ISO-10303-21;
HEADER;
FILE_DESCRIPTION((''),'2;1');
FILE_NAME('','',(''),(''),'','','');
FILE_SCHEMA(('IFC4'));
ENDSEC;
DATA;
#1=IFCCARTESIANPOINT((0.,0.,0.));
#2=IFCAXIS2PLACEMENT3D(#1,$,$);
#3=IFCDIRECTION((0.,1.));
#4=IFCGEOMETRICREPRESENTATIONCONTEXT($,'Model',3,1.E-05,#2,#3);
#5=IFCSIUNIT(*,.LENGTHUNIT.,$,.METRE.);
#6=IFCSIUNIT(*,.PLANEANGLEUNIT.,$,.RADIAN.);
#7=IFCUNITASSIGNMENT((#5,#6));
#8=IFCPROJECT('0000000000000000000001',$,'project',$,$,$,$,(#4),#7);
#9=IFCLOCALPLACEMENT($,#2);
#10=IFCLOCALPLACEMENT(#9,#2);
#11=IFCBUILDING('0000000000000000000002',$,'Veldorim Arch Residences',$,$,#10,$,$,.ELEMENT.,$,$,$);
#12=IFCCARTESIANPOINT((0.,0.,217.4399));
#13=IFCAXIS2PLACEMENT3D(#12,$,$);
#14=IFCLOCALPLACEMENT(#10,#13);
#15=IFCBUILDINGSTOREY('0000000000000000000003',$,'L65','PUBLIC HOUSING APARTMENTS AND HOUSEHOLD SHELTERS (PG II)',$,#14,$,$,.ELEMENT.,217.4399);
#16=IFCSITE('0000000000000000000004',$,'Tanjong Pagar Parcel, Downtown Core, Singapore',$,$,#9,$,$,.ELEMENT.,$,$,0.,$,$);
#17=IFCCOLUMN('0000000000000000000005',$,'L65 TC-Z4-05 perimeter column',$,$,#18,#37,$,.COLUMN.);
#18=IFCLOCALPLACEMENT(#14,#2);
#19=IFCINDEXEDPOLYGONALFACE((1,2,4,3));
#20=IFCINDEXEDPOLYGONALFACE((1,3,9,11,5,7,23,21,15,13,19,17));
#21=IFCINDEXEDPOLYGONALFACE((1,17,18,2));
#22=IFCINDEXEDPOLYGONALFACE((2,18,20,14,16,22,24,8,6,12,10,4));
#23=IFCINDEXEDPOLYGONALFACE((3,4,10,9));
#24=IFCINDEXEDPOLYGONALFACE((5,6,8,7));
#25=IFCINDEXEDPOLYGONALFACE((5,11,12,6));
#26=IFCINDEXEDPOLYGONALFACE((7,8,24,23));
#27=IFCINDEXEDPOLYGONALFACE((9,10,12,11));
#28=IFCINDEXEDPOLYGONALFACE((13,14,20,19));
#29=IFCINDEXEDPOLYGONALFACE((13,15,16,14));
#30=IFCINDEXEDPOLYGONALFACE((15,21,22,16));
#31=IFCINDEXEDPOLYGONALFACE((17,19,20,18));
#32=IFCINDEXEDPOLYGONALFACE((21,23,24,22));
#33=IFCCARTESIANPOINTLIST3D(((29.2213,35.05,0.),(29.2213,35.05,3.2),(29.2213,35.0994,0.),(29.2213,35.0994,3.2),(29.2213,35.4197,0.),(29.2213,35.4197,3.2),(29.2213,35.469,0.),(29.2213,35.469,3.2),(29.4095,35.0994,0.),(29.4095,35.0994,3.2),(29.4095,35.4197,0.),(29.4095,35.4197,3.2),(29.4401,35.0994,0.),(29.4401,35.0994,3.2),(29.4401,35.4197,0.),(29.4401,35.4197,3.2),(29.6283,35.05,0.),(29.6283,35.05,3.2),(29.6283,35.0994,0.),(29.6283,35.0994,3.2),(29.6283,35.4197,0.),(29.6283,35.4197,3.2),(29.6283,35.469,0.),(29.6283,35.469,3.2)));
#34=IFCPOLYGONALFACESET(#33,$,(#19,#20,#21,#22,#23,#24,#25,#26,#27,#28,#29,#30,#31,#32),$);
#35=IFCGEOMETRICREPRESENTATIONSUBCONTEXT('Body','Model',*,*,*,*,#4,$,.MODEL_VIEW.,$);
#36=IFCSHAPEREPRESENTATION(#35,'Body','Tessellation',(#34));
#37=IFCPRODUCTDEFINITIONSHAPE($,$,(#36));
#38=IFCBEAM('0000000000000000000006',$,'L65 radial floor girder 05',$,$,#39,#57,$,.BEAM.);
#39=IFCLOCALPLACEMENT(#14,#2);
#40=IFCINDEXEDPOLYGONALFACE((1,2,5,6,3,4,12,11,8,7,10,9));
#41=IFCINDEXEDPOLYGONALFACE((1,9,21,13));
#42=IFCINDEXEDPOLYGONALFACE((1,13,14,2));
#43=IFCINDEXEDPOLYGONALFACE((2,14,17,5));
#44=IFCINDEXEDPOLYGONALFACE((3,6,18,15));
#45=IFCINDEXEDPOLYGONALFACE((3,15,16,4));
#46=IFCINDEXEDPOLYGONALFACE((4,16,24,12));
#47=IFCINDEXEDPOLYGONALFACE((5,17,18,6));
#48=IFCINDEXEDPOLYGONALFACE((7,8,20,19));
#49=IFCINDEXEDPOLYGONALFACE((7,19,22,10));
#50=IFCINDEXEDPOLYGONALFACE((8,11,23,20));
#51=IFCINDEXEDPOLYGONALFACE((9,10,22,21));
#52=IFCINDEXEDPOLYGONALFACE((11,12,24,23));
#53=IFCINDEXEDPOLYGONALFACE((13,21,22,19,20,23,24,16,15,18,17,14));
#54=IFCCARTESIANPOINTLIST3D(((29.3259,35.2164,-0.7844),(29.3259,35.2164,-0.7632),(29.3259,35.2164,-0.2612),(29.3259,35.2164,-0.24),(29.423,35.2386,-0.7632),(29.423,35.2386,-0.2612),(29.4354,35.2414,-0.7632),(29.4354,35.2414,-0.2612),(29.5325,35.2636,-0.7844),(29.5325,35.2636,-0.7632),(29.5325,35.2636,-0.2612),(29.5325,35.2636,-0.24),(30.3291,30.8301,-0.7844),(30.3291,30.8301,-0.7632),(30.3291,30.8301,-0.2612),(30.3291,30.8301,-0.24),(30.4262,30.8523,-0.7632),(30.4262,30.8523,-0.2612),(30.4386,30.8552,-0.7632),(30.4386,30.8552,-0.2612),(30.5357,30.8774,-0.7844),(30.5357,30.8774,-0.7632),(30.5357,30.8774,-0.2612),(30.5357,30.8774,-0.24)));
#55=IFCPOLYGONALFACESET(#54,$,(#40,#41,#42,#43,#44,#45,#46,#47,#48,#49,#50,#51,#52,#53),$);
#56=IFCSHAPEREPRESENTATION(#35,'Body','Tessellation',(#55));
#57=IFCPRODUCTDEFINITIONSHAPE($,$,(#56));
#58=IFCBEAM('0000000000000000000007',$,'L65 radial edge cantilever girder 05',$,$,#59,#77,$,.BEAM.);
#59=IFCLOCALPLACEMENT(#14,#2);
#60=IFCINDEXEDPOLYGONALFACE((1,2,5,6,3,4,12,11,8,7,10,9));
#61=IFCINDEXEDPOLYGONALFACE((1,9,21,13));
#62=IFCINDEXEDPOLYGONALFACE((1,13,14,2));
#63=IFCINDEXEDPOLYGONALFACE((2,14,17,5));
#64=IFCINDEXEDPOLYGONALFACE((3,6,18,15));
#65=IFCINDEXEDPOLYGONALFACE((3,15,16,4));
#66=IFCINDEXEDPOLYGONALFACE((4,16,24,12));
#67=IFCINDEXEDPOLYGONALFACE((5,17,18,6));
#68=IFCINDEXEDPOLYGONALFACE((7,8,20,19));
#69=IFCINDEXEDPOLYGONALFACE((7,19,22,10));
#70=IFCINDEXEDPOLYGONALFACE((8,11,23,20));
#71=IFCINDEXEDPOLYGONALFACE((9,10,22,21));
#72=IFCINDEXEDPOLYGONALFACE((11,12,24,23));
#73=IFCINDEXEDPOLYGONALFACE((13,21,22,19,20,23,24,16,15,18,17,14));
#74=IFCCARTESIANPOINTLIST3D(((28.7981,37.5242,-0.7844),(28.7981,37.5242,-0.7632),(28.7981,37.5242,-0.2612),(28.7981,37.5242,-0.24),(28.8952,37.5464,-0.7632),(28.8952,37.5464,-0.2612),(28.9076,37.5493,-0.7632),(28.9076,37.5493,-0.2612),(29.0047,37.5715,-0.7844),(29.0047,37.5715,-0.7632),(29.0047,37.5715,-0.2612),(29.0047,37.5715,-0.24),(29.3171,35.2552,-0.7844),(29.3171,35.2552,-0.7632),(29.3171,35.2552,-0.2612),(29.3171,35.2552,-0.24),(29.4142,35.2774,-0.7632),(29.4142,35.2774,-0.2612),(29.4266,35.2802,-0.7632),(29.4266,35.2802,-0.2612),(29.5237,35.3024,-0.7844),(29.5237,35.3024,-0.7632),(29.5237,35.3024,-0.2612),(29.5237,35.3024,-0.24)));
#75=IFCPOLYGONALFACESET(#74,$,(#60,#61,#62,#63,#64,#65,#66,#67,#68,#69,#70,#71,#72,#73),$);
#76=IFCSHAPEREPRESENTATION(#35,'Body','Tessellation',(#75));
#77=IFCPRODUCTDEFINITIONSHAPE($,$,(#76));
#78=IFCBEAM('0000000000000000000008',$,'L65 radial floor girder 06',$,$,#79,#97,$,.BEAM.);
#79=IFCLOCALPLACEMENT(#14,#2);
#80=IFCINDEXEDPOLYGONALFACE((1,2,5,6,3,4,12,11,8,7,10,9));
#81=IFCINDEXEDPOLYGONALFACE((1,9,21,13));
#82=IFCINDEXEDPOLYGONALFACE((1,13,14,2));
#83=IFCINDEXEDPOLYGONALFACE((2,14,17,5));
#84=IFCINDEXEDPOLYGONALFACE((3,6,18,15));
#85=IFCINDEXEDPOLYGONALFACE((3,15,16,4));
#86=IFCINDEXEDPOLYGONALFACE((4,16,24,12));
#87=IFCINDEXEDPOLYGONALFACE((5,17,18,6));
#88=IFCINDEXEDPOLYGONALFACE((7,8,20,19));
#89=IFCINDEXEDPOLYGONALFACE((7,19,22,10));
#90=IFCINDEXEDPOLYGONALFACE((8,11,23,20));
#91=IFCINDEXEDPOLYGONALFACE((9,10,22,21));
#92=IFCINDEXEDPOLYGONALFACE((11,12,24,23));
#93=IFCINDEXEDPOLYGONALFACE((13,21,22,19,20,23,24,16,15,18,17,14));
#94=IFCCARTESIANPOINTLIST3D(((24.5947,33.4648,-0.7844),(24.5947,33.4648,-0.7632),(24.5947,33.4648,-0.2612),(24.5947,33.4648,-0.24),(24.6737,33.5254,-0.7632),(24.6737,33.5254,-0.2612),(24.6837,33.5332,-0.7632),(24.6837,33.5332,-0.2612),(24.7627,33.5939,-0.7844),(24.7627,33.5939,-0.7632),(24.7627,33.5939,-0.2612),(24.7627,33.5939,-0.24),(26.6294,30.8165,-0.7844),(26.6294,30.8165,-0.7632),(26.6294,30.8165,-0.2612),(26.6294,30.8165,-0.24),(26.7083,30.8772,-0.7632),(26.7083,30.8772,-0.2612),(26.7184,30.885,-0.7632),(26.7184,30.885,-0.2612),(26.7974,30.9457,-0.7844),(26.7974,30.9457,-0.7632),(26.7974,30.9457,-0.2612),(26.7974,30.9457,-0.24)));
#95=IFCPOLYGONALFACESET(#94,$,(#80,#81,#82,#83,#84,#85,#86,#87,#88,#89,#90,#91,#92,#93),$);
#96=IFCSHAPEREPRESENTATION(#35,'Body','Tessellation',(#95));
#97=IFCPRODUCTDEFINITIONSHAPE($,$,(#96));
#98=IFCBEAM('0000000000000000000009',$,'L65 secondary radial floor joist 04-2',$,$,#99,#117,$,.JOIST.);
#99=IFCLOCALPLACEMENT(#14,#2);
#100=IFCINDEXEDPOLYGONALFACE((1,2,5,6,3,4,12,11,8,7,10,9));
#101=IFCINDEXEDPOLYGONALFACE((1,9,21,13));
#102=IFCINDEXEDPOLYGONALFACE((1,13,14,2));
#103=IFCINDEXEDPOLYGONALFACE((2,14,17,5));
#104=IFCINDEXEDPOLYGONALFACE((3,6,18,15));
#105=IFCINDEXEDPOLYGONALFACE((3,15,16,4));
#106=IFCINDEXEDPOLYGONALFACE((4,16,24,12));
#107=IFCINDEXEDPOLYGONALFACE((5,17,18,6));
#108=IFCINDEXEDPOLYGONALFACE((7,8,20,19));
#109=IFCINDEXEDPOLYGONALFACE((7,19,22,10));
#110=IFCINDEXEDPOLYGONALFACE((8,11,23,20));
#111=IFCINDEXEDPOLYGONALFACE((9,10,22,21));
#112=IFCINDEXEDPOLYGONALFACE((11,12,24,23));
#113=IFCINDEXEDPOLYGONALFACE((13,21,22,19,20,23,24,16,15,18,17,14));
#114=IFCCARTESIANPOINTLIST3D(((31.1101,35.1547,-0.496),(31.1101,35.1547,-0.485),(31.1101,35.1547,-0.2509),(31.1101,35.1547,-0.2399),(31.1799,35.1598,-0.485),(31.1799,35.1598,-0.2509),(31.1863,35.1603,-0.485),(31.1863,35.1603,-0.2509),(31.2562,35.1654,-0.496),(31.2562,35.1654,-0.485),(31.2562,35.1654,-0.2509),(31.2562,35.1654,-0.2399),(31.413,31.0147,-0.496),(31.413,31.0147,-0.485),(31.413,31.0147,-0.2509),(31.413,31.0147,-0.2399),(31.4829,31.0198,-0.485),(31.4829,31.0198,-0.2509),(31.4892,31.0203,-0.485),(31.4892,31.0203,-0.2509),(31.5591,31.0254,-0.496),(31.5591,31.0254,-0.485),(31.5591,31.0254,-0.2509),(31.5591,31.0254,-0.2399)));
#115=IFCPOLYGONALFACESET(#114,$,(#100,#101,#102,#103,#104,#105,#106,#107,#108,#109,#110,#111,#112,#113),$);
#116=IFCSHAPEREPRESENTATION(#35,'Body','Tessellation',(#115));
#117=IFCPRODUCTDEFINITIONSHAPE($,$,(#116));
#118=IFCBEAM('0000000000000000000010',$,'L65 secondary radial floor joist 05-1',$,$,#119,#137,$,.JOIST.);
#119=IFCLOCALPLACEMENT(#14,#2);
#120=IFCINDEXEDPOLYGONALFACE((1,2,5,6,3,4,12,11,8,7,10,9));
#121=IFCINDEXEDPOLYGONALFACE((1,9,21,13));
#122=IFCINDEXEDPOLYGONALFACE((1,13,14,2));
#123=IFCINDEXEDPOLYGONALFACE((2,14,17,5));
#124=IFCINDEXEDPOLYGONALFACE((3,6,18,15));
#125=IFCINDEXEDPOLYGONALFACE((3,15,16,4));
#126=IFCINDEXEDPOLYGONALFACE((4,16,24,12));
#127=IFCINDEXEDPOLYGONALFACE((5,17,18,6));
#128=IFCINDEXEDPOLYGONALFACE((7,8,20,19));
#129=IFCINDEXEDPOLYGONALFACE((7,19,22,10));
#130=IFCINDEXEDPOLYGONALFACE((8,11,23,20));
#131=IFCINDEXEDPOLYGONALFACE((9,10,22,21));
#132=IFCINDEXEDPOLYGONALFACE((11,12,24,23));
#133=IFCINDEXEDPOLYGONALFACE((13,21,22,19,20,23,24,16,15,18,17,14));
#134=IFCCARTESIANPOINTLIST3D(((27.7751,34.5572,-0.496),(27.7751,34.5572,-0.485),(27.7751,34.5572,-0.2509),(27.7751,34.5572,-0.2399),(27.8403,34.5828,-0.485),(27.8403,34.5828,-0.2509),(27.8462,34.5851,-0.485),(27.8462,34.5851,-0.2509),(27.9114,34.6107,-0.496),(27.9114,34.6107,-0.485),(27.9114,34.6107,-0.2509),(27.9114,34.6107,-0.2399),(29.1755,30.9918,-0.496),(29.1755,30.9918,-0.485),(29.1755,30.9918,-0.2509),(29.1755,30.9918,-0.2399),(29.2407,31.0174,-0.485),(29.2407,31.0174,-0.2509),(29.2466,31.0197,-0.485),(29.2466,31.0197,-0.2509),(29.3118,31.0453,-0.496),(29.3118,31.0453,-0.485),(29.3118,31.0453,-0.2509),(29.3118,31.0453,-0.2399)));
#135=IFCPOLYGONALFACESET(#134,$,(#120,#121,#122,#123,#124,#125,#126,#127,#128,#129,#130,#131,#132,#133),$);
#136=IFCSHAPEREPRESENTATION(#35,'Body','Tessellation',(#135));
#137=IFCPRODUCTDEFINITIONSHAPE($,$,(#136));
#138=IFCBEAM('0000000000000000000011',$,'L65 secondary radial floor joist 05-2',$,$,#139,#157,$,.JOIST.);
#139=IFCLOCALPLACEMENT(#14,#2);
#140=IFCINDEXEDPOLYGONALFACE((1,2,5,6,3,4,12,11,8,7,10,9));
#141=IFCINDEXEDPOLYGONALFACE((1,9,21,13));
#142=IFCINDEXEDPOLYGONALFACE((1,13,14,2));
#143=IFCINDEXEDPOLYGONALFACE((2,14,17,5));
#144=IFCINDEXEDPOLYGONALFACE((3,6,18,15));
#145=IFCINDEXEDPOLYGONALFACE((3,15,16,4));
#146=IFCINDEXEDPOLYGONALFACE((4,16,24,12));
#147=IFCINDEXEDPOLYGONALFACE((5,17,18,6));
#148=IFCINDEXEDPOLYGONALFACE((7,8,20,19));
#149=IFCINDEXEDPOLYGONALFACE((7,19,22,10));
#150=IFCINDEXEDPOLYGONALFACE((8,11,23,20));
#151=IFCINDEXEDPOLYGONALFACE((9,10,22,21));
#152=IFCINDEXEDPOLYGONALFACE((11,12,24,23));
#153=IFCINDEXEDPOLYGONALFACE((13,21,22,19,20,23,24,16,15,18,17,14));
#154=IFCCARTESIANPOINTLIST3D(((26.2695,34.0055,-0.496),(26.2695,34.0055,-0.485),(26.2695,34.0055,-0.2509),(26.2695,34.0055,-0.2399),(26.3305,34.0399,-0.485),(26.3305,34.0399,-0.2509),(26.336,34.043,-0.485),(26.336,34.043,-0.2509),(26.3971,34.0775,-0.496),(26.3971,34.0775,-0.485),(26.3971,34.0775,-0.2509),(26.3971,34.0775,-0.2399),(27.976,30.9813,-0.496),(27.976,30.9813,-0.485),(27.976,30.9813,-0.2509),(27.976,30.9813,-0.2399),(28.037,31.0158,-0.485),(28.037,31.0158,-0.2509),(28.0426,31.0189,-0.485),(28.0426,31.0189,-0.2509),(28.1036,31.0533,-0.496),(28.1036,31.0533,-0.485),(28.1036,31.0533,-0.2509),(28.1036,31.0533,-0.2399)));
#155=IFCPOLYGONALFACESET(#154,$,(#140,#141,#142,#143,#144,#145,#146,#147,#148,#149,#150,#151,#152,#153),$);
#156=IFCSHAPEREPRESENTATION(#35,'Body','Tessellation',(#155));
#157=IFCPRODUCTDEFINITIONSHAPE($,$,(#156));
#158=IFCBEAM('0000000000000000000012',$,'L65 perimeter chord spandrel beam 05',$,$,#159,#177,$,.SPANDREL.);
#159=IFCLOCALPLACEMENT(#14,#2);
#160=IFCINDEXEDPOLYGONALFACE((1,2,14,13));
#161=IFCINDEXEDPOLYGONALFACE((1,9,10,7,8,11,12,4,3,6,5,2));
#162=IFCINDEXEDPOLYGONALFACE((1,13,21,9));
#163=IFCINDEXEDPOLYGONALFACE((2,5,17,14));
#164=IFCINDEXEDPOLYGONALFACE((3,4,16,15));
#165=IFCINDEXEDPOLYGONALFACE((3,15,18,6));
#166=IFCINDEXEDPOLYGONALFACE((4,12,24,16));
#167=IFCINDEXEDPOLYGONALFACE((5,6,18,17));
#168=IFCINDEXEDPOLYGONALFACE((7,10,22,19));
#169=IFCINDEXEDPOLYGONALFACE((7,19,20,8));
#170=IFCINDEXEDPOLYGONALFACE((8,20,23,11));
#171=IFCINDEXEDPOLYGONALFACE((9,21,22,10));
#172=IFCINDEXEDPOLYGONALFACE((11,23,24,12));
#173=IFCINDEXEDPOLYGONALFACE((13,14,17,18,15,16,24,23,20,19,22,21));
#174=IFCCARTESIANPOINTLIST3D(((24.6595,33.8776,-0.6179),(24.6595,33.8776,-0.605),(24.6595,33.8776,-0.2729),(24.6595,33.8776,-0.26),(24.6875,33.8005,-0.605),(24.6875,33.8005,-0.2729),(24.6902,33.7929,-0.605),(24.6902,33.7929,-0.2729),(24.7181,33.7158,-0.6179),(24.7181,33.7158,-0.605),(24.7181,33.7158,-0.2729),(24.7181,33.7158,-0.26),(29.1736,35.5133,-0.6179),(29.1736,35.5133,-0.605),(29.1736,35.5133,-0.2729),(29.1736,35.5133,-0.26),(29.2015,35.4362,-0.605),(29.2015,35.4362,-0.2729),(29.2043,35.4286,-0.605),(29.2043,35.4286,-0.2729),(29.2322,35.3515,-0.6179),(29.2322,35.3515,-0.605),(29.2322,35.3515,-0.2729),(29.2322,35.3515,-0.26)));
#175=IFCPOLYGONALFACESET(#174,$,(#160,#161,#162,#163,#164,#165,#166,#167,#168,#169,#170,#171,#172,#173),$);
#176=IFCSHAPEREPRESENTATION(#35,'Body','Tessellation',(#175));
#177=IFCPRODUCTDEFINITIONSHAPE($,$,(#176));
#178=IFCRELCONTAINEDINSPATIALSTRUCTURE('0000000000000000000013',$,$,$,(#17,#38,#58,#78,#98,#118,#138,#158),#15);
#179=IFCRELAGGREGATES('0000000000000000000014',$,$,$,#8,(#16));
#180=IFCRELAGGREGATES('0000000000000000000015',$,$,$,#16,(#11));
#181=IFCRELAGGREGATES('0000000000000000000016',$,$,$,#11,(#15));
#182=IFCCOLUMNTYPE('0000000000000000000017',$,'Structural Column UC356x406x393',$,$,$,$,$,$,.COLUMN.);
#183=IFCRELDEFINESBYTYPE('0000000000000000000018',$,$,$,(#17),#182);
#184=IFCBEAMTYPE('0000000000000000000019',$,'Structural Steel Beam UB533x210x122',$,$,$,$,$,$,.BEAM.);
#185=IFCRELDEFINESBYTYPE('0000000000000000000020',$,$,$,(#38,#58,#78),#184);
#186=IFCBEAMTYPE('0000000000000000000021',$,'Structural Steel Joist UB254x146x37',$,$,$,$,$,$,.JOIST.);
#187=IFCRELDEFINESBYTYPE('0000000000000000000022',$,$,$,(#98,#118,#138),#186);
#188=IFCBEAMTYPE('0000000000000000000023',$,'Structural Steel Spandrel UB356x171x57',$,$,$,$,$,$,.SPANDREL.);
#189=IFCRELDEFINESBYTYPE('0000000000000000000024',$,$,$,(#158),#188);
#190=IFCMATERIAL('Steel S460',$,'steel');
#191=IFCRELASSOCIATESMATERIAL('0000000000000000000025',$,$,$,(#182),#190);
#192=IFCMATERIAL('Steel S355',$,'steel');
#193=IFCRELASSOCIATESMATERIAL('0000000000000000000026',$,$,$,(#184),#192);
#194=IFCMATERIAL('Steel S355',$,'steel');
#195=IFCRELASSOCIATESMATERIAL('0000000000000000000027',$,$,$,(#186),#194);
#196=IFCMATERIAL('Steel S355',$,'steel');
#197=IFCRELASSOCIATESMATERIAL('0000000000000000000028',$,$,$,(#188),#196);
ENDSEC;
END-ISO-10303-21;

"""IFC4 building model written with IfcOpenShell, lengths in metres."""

from ifc_helpers import new_model, si_unit, direction, frame, origin, origin_2d, place, context, subcontext, project, spatial, i_section, extrude, material, material_profile, profile_set, type_object, element, save


model = new_model("IFC4")

# Units and contexts
model_context = context("Model", 3, precision=1e-05, world=origin(), true_north=direction((0.0, 1.0)))
body_context = subcontext(model_context, "Body", "Model", "MODEL_VIEW")
ifc_project = project(units=[si_unit("LENGTHUNIT", "METRE"), si_unit("PLANEANGLEUNIT", "RADIAN")], contexts=[model_context])

# Site, building, storey
site_placement = place(None, origin())
site = spatial("IfcSite", under=ifc_project, at=site_placement, Name="Tanjong Pagar Parcel, Downtown Core, Singapore", CompositionType="ELEMENT", RefElevation=0.0)
building_placement = place(site_placement, origin())
building = spatial("IfcBuilding", under=site, at=building_placement, Name="Veldorim Arch Residences", CompositionType="ELEMENT")
storey_placement = place(building_placement, frame((0.0, 0.0, 217.4399)))
storey = spatial("IfcBuildingStorey", under=building, at=storey_placement, Name="L65", Description="PUBLIC HOUSING APARTMENTS AND HOUSEHOLD SHELTERS (PG II)", CompositionType="ELEMENT", Elevation=217.4399)

# Column
ifc_material_1 = material(Name="Steel S460", Category="steel")
ifc_material_profile_1 = material_profile(ifc_material_1, i_section(OverallWidth=0.407, OverallDepth=0.4189, WebThickness=0.0305, FlangeThickness=0.0493, at=origin_2d()), Name="UC356x406x393")
ifc_profile_set_1 = profile_set([ifc_material_profile_1], Name="Steel S460")
column_type = type_object("IfcColumnType", Name="Structural Column UC356x406x393", PredefinedType="COLUMN", material=ifc_profile_set_1)
column_placement = place(storey_placement, frame((29.4248, 35.2595, 0.0), z_axis=(0.0, 0.0, 1.0), x_axis=(1.0, 0.0, 0.0)))
element("IfcColumn", 1, at=column_placement, inside=storey, type_object=column_type, Name="L65 TC-Z4-05 perimeter column", PredefinedType="COLUMN", context=body_context, shape_type="SweptSolid", body=[
    extrude(i_section(OverallWidth=0.407, OverallDepth=0.4189, WebThickness=0.0305, FlangeThickness=0.0493, at=origin_2d()), origin(), (0.0, 0.0, 1.0), 3.2),
])

# Beams
ifc_material_2 = material(Name="Steel S355", Category="steel")
ifc_material_profile_2 = material_profile(ifc_material_2, i_section(OverallWidth=0.2119, OverallDepth=0.5444, WebThickness=0.0127, FlangeThickness=0.0212, at=origin_2d()), Name="UB533x210x122")
ifc_profile_set_2 = profile_set([ifc_material_profile_2], Name="Steel S355")
beam_type_1 = type_object("IfcBeamType", Name="Structural Steel Beam UB533x210x122", PredefinedType="BEAM", material=ifc_profile_set_2)
beam_1_placement = place(storey_placement, frame((30.4324, 30.8538, -0.5122), z_axis=(-0.222953, 0.974829, 0.0), x_axis=(-0.974829, -0.222953, 0.0)))
element("IfcBeam", 2, at=beam_1_placement, inside=storey, type_object=beam_type_1, Name="L65 radial floor girder 05", PredefinedType="BEAM", context=body_context, shape_type="SweptSolid", body=[
    extrude(i_section(OverallWidth=0.2119, OverallDepth=0.5444, WebThickness=0.0127, FlangeThickness=0.0212, at=origin_2d()), origin(), (0.0, 0.0, 1.0), 4.4995),
])
beam_2_placement = place(storey_placement, frame((29.4204, 35.2788, -0.5122), z_axis=(-0.22299, 0.974821, 0.0), x_axis=(-0.974821, -0.22299, 0.0)))
element("IfcBeam", 3, at=beam_2_placement, inside=storey, type_object=beam_type_1, Name="L65 radial edge cantilever girder 05", PredefinedType="BEAM", context=body_context, shape_type="SweptSolid", body=[
    extrude(i_section(OverallWidth=0.2119, OverallDepth=0.5444, WebThickness=0.0127, FlangeThickness=0.0212, at=origin_2d()), origin(), (0.0, 0.0, 1.0), 2.3276),
])
beam_3_placement = place(storey_placement, frame((26.7134, 30.8811, -0.5122), z_axis=(-0.609258, 0.792972, 0.0), x_axis=(-0.792972, -0.609258, 0.0)))
element("IfcBeam", 4, at=beam_3_placement, inside=storey, type_object=beam_type_1, Name="L65 radial floor girder 06", PredefinedType="BEAM", context=body_context, shape_type="SweptSolid", body=[
    extrude(i_section(OverallWidth=0.2119, OverallDepth=0.5444, WebThickness=0.0127, FlangeThickness=0.0212, at=origin_2d()), origin(), (0.0, 0.0, 1.0), 3.3396),
])
ifc_material_3 = material(Name="Steel S355", Category="steel")
ifc_material_profile_3 = material_profile(ifc_material_3, i_section(OverallWidth=0.1465, OverallDepth=0.2561, WebThickness=0.0063, FlangeThickness=0.011, at=origin_2d()), Name="UB254x146x37")
ifc_profile_set_3 = profile_set([ifc_material_profile_3], Name="Steel S355")
beam_type_2 = type_object("IfcBeamType", Name="Structural Steel Joist UB254x146x37", PredefinedType="JOIST", material=ifc_profile_set_3)
beam_4_placement = place(storey_placement, frame((31.4861, 31.02, -0.3679), z_axis=(-0.072986, 0.997333, 0.0), x_axis=(-0.997333, -0.072986, 0.0)))
element("IfcBeam", 5, at=beam_4_placement, inside=storey, type_object=beam_type_2, Name="L65 secondary radial floor joist 04-2", PredefinedType="JOIST", context=body_context, shape_type="SweptSolid", body=[
    extrude(i_section(OverallWidth=0.1465, OverallDepth=0.2561, WebThickness=0.0063, FlangeThickness=0.011, at=origin_2d()), origin(), (0.0, 0.0, 1.0), 4.1511),
])
beam_5_placement = place(storey_placement, frame((29.2437, 31.0186, -0.3679), z_axis=(-0.365581, 0.930779, 0.0), x_axis=(-0.930779, -0.365581, 0.0)))
element("IfcBeam", 6, at=beam_5_placement, inside=storey, type_object=beam_type_2, Name="L65 secondary radial floor joist 05-1", PredefinedType="JOIST", context=body_context, shape_type="SweptSolid", body=[
    extrude(i_section(OverallWidth=0.1465, OverallDepth=0.2561, WebThickness=0.0063, FlangeThickness=0.011, at=origin_2d()), origin(), (0.0, 0.0, 1.0), 3.8306),
])
beam_6_placement = place(storey_placement, frame((28.0398, 31.0173, -0.3679), z_axis=(-0.491452, 0.870904, 0.0), x_axis=(-0.870904, -0.491452, 0.0)))
element("IfcBeam", 7, at=beam_6_placement, inside=storey, type_object=beam_type_2, Name="L65 secondary radial floor joist 05-2", PredefinedType="JOIST", context=body_context, shape_type="SweptSolid", body=[
    extrude(i_section(OverallWidth=0.1465, OverallDepth=0.2561, WebThickness=0.0063, FlangeThickness=0.011, at=origin_2d()), origin(), (0.0, 0.0, 1.0), 3.4724),
])
ifc_material_4 = material(Name="Steel S355", Category="steel")
ifc_material_profile_4 = material_profile(ifc_material_4, i_section(OverallWidth=0.1721, OverallDepth=0.3579, WebThickness=0.0081, FlangeThickness=0.0129, at=origin_2d()), Name="UB356x171x57")
ifc_profile_set_4 = profile_set([ifc_material_profile_4], Name="Steel S355")
beam_type_3 = type_object("IfcBeamType", Name="Structural Steel Spandrel UB356x171x57", PredefinedType="SPANDREL", material=ifc_profile_set_4)
beam_7_placement = place(storey_placement, frame((29.2029, 35.4324, -0.439), z_axis=(-0.940179, -0.340681, 0.0), x_axis=(0.340681, -0.940179, 0.0)))
element("IfcBeam", 8, at=beam_7_placement, inside=storey, type_object=beam_type_3, Name="L65 perimeter chord spandrel beam 05", PredefinedType="SPANDREL", context=body_context, shape_type="SweptSolid", body=[
    extrude(i_section(OverallWidth=0.1721, OverallDepth=0.3579, WebThickness=0.0081, FlangeThickness=0.0129, at=origin_2d()), origin(), (0.0, 0.0, 1.0), 4.8013),
])

save(model, "model.ifc")
